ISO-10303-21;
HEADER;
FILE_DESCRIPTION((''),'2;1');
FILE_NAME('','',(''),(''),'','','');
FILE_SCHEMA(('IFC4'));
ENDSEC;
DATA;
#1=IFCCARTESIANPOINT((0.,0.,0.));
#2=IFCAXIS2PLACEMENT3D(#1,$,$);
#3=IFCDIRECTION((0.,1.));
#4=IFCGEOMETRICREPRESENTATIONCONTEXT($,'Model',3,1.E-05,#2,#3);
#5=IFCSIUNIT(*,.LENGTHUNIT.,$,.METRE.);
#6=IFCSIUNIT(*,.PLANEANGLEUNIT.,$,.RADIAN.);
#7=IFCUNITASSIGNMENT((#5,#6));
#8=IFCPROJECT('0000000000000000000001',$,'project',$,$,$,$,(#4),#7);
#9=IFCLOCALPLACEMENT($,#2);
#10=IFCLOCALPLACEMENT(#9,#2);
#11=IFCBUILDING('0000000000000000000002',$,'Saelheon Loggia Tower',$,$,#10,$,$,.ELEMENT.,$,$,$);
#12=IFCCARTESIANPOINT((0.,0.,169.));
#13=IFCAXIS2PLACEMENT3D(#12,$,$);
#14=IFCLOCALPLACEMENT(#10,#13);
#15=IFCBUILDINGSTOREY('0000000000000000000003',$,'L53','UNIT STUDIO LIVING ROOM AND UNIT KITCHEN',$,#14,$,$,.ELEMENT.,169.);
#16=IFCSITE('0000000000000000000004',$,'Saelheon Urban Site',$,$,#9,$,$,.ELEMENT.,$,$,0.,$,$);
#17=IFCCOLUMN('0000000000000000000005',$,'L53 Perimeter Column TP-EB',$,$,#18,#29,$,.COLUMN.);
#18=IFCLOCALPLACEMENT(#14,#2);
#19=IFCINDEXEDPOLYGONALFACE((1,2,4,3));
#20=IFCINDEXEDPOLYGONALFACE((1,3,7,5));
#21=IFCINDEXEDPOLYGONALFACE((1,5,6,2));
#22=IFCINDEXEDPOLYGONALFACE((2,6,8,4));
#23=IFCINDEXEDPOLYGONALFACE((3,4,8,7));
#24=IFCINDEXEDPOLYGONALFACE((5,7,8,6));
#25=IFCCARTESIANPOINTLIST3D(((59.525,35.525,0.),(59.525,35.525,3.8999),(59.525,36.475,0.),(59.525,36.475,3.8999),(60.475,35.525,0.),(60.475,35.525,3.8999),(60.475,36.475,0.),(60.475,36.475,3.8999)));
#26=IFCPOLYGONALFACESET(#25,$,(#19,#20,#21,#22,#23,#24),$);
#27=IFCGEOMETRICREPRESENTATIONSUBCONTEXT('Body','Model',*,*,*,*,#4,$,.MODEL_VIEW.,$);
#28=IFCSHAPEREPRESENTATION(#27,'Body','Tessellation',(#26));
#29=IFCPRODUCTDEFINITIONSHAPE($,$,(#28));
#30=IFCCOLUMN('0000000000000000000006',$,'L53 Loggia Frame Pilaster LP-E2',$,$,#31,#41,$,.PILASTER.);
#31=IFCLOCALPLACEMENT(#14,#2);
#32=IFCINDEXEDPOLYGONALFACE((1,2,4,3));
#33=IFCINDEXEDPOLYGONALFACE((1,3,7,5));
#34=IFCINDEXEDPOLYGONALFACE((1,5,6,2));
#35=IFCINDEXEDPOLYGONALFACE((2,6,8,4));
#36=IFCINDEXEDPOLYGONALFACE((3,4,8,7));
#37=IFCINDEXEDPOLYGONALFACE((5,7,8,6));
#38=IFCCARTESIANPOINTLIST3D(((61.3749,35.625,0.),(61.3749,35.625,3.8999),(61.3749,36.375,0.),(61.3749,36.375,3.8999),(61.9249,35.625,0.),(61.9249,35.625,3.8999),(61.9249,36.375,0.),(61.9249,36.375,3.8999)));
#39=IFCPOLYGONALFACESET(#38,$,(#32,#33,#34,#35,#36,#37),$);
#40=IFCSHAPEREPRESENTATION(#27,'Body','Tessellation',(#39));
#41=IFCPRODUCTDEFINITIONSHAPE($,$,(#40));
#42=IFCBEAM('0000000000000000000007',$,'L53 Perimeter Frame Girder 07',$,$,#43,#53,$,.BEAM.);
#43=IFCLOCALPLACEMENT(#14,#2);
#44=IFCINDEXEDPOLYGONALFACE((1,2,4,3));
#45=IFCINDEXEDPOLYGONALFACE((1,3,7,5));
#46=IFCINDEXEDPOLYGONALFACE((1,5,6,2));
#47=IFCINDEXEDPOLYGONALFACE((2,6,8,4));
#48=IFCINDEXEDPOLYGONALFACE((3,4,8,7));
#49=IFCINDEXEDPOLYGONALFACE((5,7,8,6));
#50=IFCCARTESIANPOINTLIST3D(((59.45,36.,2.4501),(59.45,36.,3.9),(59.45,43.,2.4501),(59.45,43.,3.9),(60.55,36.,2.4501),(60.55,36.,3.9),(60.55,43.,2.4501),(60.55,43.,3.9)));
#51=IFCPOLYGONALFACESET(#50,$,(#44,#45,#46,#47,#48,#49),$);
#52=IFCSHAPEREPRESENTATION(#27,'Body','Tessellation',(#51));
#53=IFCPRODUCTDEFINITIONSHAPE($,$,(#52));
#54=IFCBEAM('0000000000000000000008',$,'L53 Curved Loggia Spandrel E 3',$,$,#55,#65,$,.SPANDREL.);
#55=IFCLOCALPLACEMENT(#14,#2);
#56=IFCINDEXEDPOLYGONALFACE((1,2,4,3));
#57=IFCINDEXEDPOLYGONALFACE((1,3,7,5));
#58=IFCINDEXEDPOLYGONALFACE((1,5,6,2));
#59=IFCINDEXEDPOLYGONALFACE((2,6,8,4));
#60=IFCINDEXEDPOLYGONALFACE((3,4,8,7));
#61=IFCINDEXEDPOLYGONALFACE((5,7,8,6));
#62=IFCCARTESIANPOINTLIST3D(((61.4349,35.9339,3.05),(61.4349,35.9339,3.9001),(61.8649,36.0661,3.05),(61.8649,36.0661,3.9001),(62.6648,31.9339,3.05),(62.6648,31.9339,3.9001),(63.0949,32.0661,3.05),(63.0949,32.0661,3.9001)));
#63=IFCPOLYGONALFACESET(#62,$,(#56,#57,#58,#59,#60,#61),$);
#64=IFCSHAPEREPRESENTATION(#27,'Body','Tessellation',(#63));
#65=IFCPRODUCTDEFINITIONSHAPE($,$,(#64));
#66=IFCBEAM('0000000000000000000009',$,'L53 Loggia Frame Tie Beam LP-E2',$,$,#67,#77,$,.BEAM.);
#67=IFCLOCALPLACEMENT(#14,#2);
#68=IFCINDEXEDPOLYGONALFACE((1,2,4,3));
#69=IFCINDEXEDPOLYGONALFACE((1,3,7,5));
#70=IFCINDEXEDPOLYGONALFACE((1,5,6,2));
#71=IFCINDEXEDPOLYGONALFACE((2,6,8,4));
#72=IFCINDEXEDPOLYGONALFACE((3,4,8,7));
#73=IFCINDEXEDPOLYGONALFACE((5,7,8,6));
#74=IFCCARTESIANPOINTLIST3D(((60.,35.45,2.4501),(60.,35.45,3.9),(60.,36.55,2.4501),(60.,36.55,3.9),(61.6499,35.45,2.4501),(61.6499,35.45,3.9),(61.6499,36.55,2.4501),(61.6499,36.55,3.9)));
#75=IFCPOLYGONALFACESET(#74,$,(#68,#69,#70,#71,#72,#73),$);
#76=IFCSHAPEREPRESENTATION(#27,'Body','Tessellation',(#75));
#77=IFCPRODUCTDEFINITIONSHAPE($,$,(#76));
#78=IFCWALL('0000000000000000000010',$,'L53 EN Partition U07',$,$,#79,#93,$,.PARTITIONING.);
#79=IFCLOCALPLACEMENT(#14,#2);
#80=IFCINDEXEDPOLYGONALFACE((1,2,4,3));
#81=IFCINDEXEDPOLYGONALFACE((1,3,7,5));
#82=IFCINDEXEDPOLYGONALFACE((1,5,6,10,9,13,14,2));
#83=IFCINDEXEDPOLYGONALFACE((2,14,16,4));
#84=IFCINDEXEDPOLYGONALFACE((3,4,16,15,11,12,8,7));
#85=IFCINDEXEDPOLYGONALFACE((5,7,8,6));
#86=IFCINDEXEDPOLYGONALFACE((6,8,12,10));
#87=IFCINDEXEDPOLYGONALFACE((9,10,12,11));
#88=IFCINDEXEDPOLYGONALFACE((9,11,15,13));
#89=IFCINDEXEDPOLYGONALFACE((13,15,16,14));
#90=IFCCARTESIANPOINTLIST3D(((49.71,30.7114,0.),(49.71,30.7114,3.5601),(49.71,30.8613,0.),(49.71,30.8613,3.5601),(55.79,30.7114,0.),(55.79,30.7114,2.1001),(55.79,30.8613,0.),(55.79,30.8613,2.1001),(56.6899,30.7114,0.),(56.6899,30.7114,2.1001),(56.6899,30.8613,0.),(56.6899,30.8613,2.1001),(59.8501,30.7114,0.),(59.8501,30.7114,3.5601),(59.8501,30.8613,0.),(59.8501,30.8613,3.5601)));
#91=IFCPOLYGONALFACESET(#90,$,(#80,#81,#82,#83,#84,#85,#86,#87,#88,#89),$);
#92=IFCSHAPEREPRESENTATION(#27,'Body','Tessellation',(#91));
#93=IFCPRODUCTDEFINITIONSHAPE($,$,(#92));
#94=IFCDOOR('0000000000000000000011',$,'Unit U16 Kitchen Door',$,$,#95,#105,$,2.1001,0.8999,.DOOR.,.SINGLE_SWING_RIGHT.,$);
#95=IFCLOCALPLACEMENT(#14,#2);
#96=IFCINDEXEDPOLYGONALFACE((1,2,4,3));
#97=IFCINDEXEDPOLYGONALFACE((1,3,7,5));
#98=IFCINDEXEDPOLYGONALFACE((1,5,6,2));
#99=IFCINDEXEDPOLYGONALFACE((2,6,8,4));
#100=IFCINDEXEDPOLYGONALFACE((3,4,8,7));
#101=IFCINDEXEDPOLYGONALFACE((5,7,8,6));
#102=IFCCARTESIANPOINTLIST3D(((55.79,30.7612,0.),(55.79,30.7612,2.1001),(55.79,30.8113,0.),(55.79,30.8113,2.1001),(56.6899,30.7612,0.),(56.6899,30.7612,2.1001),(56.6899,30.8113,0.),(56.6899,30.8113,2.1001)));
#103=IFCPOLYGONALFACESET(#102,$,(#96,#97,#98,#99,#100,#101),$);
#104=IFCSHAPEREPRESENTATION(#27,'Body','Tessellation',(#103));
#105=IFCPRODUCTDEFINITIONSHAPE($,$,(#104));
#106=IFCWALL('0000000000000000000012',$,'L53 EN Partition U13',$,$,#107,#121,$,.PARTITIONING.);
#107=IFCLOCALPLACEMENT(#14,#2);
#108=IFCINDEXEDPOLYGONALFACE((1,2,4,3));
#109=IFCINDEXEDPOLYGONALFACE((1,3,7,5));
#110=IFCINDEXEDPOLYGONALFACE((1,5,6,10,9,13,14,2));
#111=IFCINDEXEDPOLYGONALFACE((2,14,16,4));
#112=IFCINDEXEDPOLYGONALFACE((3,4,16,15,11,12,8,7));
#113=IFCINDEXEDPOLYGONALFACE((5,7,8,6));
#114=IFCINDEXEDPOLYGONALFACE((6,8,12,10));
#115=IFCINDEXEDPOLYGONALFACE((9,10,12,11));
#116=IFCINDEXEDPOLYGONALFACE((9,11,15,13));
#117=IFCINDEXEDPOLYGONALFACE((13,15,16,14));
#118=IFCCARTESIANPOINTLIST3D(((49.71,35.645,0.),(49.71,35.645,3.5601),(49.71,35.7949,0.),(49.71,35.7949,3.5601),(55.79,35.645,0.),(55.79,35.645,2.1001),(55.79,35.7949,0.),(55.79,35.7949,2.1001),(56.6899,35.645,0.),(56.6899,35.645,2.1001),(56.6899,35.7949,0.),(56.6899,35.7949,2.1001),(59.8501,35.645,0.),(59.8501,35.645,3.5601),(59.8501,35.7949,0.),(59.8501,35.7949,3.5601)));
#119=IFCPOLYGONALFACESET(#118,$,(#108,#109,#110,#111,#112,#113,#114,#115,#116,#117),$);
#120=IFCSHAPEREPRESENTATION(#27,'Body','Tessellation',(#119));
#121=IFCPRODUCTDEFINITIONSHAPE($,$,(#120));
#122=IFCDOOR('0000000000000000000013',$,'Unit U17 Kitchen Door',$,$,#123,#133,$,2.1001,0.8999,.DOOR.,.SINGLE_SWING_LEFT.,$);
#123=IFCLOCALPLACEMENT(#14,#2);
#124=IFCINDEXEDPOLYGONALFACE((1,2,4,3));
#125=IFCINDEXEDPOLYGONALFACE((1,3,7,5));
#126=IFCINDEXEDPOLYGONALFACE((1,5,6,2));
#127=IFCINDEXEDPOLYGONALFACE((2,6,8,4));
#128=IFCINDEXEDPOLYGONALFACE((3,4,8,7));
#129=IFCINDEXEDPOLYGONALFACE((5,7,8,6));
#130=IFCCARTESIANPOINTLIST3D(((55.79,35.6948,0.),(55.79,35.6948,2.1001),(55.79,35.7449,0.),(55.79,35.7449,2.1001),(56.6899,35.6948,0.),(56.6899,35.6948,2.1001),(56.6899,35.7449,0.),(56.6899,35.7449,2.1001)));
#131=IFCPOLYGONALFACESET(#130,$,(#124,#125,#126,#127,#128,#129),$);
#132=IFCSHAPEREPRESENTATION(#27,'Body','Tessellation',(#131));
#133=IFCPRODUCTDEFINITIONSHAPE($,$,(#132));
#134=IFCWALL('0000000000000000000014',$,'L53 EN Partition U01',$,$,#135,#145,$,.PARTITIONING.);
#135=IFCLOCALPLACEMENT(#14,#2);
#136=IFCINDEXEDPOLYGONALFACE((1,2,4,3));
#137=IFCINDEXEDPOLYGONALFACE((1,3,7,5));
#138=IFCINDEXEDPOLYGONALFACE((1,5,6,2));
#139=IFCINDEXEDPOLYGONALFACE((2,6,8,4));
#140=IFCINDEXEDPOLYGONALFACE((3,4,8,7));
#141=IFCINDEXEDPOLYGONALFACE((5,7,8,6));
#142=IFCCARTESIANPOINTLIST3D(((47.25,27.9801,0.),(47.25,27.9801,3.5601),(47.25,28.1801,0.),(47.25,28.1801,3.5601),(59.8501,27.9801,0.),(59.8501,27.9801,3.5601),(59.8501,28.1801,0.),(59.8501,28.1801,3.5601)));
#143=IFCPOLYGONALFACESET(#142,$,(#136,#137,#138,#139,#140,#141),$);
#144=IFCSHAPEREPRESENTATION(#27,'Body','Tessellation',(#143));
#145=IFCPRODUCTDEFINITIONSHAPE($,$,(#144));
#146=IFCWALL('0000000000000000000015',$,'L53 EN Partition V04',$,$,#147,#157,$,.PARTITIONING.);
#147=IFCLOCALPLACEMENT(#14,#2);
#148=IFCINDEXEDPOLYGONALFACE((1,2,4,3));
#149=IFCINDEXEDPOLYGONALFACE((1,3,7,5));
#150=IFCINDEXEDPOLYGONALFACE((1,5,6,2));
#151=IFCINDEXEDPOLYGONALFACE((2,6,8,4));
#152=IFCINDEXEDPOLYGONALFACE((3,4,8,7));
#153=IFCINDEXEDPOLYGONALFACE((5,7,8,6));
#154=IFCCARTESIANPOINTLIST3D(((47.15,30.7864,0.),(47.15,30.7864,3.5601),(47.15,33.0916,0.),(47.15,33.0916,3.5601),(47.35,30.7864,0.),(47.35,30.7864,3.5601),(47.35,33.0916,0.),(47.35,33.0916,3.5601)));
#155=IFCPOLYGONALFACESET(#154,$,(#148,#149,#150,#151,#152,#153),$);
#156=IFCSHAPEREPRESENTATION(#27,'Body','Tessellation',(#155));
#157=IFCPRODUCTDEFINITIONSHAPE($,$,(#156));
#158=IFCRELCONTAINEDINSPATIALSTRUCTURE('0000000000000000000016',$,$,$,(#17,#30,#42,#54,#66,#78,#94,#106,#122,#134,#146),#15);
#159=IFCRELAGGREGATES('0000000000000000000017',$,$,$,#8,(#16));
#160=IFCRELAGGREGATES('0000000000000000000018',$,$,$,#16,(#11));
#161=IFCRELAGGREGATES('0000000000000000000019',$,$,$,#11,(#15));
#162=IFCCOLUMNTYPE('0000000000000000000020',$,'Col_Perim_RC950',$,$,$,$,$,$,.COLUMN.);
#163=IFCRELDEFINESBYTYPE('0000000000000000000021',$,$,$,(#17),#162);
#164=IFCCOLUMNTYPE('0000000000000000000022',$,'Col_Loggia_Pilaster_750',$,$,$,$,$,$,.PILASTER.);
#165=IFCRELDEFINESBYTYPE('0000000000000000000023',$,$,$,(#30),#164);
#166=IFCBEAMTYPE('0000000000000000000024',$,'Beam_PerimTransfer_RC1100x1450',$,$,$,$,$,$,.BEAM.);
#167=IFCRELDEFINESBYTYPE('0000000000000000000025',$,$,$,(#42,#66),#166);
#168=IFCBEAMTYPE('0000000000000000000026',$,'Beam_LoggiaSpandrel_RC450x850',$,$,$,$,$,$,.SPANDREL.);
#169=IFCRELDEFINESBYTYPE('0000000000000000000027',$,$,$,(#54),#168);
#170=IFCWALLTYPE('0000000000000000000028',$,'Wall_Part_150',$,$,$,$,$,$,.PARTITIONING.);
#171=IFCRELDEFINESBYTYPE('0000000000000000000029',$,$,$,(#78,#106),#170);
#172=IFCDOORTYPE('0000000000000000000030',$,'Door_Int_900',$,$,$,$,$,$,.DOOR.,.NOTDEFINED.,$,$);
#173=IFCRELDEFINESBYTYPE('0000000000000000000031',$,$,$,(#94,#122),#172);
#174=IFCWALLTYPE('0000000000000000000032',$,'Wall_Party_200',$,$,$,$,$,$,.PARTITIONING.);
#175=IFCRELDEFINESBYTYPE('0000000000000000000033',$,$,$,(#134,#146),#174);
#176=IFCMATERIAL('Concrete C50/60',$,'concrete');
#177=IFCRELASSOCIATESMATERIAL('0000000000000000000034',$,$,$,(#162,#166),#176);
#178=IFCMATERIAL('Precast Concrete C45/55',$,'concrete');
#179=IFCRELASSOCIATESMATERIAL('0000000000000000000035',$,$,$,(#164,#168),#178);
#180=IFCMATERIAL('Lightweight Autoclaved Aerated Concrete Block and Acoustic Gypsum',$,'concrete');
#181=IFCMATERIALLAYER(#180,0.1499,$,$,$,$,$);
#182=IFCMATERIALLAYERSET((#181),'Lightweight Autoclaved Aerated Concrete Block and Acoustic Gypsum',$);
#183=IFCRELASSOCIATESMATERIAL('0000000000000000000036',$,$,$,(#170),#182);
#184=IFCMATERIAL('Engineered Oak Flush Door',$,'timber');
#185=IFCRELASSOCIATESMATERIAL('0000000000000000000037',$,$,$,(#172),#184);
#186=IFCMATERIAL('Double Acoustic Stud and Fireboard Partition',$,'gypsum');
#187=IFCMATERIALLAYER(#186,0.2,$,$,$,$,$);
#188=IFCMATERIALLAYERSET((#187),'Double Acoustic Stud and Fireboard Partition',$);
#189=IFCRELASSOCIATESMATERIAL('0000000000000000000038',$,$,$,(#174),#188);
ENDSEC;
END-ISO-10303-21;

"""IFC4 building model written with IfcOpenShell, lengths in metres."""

from ifc_helpers import new_model, si_unit, direction, frame, frame_2d, origin, origin_2d, place, context, subcontext, project, spatial, rectangle, extrude, source, transform, mapped, material, layer, layer_set, material_profile, profile_set, type_object, element, fill, save


model = new_model("IFC4")

# Units and contexts
model_context = context("Model", 3, precision=1e-05, world=origin(), true_north=direction((0.0, 1.0)))
body_context = subcontext(model_context, "Body", "Model", "MODEL_VIEW")
ifc_project = project(units=[si_unit("LENGTHUNIT", "METRE"), si_unit("PLANEANGLEUNIT", "RADIAN")], contexts=[model_context])

# Site, building, storey
site_placement = place(None, origin())
site = spatial("IfcSite", under=ifc_project, at=site_placement, Name="Saelheon Urban Site", CompositionType="ELEMENT", RefElevation=0.0)
building_placement = place(site_placement, origin())
building = spatial("IfcBuilding", under=site, at=building_placement, Name="Saelheon Loggia Tower", CompositionType="ELEMENT")
storey_placement = place(building_placement, frame((0.0, 0.0, 169.0)))
storey = spatial("IfcBuildingStorey", under=building, at=storey_placement, Name="L53", Description="UNIT STUDIO LIVING ROOM AND UNIT KITCHEN", CompositionType="ELEMENT", Elevation=169.0)

# Columns
ifc_material_1 = material(Name="Concrete C50/60", Category="concrete")
ifc_material_profile_1 = material_profile(ifc_material_1, rectangle(XDim=0.95, YDim=0.95, at=origin_2d()), Name="RC-950x950")
ifc_profile_set_1 = profile_set([ifc_material_profile_1], Name="Concrete C50/60")
column_type_1 = type_object("IfcColumnType", Name="Col_Perim_RC950", PredefinedType="COLUMN", material=ifc_profile_set_1)
shared_shape_1 = source(origin(), body_context, "Body", "SweptSolid", [
    extrude(rectangle(XDim=0.95, YDim=0.95, at=origin_2d()), origin(), (0.0, 0.0, 1.0), 3.8999),
])
column_1_placement = place(storey_placement, frame((60.0, 36.0, 0.0), z_axis=(0.0, 0.0, 1.0), x_axis=(1.0, 0.0, 0.0)))
element("IfcColumn", 1, at=column_1_placement, inside=storey, type_object=column_type_1, Name="L53 Perimeter Column TP-EB", PredefinedType="COLUMN", context=body_context, shape_type="MappedRepresentation", body=[
    mapped(shared_shape_1, transform((0.0, 0.0, 0.0), scale=1.0)),
])
ifc_material_2 = material(Name="Precast Concrete C45/55", Category="concrete")
ifc_material_profile_2 = material_profile(ifc_material_2, rectangle(XDim=0.55, YDim=0.75, at=origin_2d()), Name="RC-550x750")
ifc_profile_set_2 = profile_set([ifc_material_profile_2], Name="Precast Concrete C45/55")
column_type_2 = type_object("IfcColumnType", Name="Col_Loggia_Pilaster_750", PredefinedType="PILASTER", material=ifc_profile_set_2)
shared_shape_2 = source(origin(), body_context, "Body", "SweptSolid", [
    extrude(rectangle(XDim=0.55, YDim=0.75, at=origin_2d()), origin(), (0.0, 0.0, 1.0), 3.8999),
])
column_2_placement = place(storey_placement, frame((61.6499, 36.0, 0.0), z_axis=(0.0, 0.0, 1.0), x_axis=(1.0, 0.0, 0.0)))
element("IfcColumn", 2, at=column_2_placement, inside=storey, type_object=column_type_2, Name="L53 Loggia Frame Pilaster LP-E2", PredefinedType="PILASTER", context=body_context, shape_type="MappedRepresentation", body=[
    mapped(shared_shape_2, transform((0.0, 0.0, 0.0), scale=1.0)),
])

# Beams
ifc_material_profile_3 = material_profile(ifc_material_1, rectangle(XDim=1.1001, YDim=1.45, at=origin_2d()), Name="RC-1100x1450")
ifc_profile_set_3 = profile_set([ifc_material_profile_3], Name="Concrete C50/60")
beam_type_1 = type_object("IfcBeamType", Name="Beam_PerimTransfer_RC1100x1450", PredefinedType="BEAM", material=ifc_profile_set_3)
shared_shape_3 = source(origin(), body_context, "Body", "SweptSolid", [
    extrude(rectangle(XDim=1.1001, YDim=1.45, at=origin_2d()), origin(), (0.0, 0.0, 1.0), 7.0),
])
beam_1_placement = place(storey_placement, frame((60.0, 36.0, 3.175), z_axis=(0.0, 1.0, 0.0), x_axis=(-1.0, 0.0, 0.0)))
element("IfcBeam", 3, at=beam_1_placement, inside=storey, type_object=beam_type_1, Name="L53 Perimeter Frame Girder 07", PredefinedType="BEAM", context=body_context, shape_type="MappedRepresentation", body=[
    mapped(shared_shape_3, transform((0.0, 0.0, 0.0), scale=1.0)),
])
ifc_material_profile_4 = material_profile(ifc_material_2, rectangle(XDim=0.45, YDim=0.8501, at=origin_2d()), Name="RC-450x850")
ifc_profile_set_4 = profile_set([ifc_material_profile_4], Name="Precast Concrete C45/55")
beam_type_2 = type_object("IfcBeamType", Name="Beam_LoggiaSpandrel_RC450x850", PredefinedType="SPANDREL", material=ifc_profile_set_4)
shared_shape_4 = source(origin(), body_context, "Body", "SweptSolid", [
    extrude(rectangle(XDim=0.45, YDim=0.8501, at=origin_2d()), origin(), (0.0, 0.0, 1.0), 4.1848),
])
beam_2_placement = place(storey_placement, frame((62.8799, 32.0, 3.4751), z_axis=(-0.293914, 0.955832, 0.0), x_axis=(-0.955832, -0.293914, 0.0)))
element("IfcBeam", 4, at=beam_2_placement, inside=storey, type_object=beam_type_2, Name="L53 Curved Loggia Spandrel E 3", PredefinedType="SPANDREL", context=body_context, shape_type="MappedRepresentation", body=[
    mapped(shared_shape_4, transform((0.0, 0.0, 0.0), scale=1.0)),
])
shared_shape_5 = source(origin(), body_context, "Body", "SweptSolid", [
    extrude(rectangle(XDim=1.1001, YDim=1.45, at=origin_2d()), origin(), (0.0, 0.0, 1.0), 1.6499),
])
beam_3_placement = place(storey_placement, frame((60.0, 36.0, 3.175), z_axis=(1.0, 0.0, 0.0), x_axis=(0.0, 1.0, 0.0)))
element("IfcBeam", 5, at=beam_3_placement, inside=storey, type_object=beam_type_1, Name="L53 Loggia Frame Tie Beam LP-E2", PredefinedType="BEAM", context=body_context, shape_type="MappedRepresentation", body=[
    mapped(shared_shape_5, transform((0.0, 0.0, 0.0), scale=1.0)),
])

# Walls, openings, doors
ifc_material_3 = material(Name="Lightweight Autoclaved Aerated Concrete Block and Acoustic Gypsum", Category="concrete")
ifc_layer_1 = layer(ifc_material_3, 0.1499)
ifc_layer_set_1 = layer_set([ifc_layer_1], Name="Lightweight Autoclaved Aerated Concrete Block and Acoustic Gypsum")
wall_type_1 = type_object("IfcWallType", Name="Wall_Part_150", PredefinedType="PARTITIONING", material=ifc_layer_set_1)
wall_1_placement = place(storey_placement, frame((49.71, 30.7864, 0.0), z_axis=(0.0, 0.0, 1.0), x_axis=(1.0, 0.0, 0.0)))
wall_1 = element("IfcWall", 6, at=wall_1_placement, inside=storey, type_object=wall_type_1, Name="L53 EN Partition U07", PredefinedType="PARTITIONING", context=body_context, shape_type="SweptSolid", body=[
    extrude(rectangle(XDim=10.1401, YDim=0.1499, at=frame_2d((5.0701, 0.0))), origin(), (0.0, 0.0, 1.0), 3.5601),
])
opening_1_placement = place(wall_1_placement, frame((6.0801, 0.0, 0.0)))
opening_1 = element("IfcOpeningElement", 7, at=opening_1_placement, cuts=wall_1, PredefinedType="OPENING", context=body_context, shape_type="SweptSolid", body=[
    extrude(rectangle(XDim=0.8999, YDim=2.1001, at=frame_2d((0.45, 1.05))), frame((0.0, 0.0869, 0.0), z_axis=(0.0, -1.0, 0.0), x_axis=(1.0, 0.0, 0.0)), (0.0, 0.0, 1.0), 0.1738),
])
ifc_material_4 = material(Name="Engineered Oak Flush Door", Category="timber")
door_type_1 = type_object("IfcDoorType", Name="Door_Int_900", OperationType="NOTDEFINED", PredefinedType="DOOR", material=ifc_material_4)
shared_shape_6 = source(origin(), body_context, "Body", "SweptSolid", [
    extrude(rectangle(XDim=0.8999, YDim=2.1001, at=frame_2d((0.45, 1.05))), frame((0.0, 0.0249, 0.0), z_axis=(0.0, -1.0, 0.0), x_axis=(1.0, 0.0, 0.0)), (0.0, 0.0, 1.0), 0.05),
])
door_1_placement = place(opening_1_placement, origin())
door_1 = element("IfcDoor", 8, at=door_1_placement, inside=storey, type_object=door_type_1, Name="Unit U16 Kitchen Door", OperationType="SINGLE_SWING_RIGHT", OverallHeight=2.1001, OverallWidth=0.8999, PredefinedType="DOOR", context=body_context, shape_type="MappedRepresentation", body=[
    mapped(shared_shape_6, transform((0.0, 0.0, 0.0), scale=1.0)),
])
fill(opening_1, door_1)
wall_2_placement = place(storey_placement, frame((49.71, 35.72, 0.0), z_axis=(0.0, 0.0, 1.0), x_axis=(1.0, 0.0, 0.0)))
wall_2 = element("IfcWall", 9, at=wall_2_placement, inside=storey, type_object=wall_type_1, Name="L53 EN Partition U13", PredefinedType="PARTITIONING", context=body_context, shape_type="SweptSolid", body=[
    extrude(rectangle(XDim=10.1401, YDim=0.1499, at=frame_2d((5.0701, 0.0))), origin(), (0.0, 0.0, 1.0), 3.5601),
])
opening_2_placement = place(wall_2_placement, frame((6.0801, 0.0, 0.0)))
opening_2 = element("IfcOpeningElement", 10, at=opening_2_placement, cuts=wall_2, PredefinedType="OPENING", context=body_context, shape_type="SweptSolid", body=[
    extrude(rectangle(XDim=0.8999, YDim=2.1001, at=frame_2d((0.45, 1.05))), frame((0.0, 0.0869, 0.0), z_axis=(0.0, -1.0, 0.0), x_axis=(1.0, 0.0, 0.0)), (0.0, 0.0, 1.0), 0.1738),
])
door_2_placement = place(opening_2_placement, origin())
door_2 = element("IfcDoor", 11, at=door_2_placement, inside=storey, type_object=door_type_1, Name="Unit U17 Kitchen Door", OperationType="SINGLE_SWING_LEFT", OverallHeight=2.1001, OverallWidth=0.8999, PredefinedType="DOOR", context=body_context, shape_type="MappedRepresentation", body=[
    mapped(shared_shape_6, transform((0.0, 0.0, 0.0), scale=1.0)),
])
fill(opening_2, door_2)

# Wall
ifc_material_5 = material(Name="Double Acoustic Stud and Fireboard Partition", Category="gypsum")
ifc_layer_2 = layer(ifc_material_5, 0.2)
ifc_layer_set_2 = layer_set([ifc_layer_2], Name="Double Acoustic Stud and Fireboard Partition")
wall_type_2 = type_object("IfcWallType", Name="Wall_Party_200", PredefinedType="PARTITIONING", material=ifc_layer_set_2)
wall_3_placement = place(storey_placement, frame((47.25, 28.0801, 0.0), z_axis=(0.0, 0.0, 1.0), x_axis=(1.0, 0.0, 0.0)))
element("IfcWall", 12, at=wall_3_placement, inside=storey, type_object=wall_type_2, Name="L53 EN Partition U01", PredefinedType="PARTITIONING", context=body_context, shape_type="SweptSolid", body=[
    extrude(rectangle(XDim=12.6001, YDim=0.2, at=frame_2d((6.3, 0.0))), origin(), (0.0, 0.0, 1.0), 3.5601),
])

# Wall
wall_4_placement = place(storey_placement, frame((47.25, 30.7864, 0.0), z_axis=(0.0, 0.0, 1.0), x_axis=(0.0, 1.0, 0.0)))
element("IfcWall", 13, at=wall_4_placement, inside=storey, type_object=wall_type_2, Name="L53 EN Partition V04", PredefinedType="PARTITIONING", context=body_context, shape_type="SweptSolid", body=[
    extrude(rectangle(XDim=2.3052, YDim=0.2, at=frame_2d((1.1526, 0.0))), origin(), (0.0, 0.0, 1.0), 3.5601),
])

save(model, "model.ifc")
